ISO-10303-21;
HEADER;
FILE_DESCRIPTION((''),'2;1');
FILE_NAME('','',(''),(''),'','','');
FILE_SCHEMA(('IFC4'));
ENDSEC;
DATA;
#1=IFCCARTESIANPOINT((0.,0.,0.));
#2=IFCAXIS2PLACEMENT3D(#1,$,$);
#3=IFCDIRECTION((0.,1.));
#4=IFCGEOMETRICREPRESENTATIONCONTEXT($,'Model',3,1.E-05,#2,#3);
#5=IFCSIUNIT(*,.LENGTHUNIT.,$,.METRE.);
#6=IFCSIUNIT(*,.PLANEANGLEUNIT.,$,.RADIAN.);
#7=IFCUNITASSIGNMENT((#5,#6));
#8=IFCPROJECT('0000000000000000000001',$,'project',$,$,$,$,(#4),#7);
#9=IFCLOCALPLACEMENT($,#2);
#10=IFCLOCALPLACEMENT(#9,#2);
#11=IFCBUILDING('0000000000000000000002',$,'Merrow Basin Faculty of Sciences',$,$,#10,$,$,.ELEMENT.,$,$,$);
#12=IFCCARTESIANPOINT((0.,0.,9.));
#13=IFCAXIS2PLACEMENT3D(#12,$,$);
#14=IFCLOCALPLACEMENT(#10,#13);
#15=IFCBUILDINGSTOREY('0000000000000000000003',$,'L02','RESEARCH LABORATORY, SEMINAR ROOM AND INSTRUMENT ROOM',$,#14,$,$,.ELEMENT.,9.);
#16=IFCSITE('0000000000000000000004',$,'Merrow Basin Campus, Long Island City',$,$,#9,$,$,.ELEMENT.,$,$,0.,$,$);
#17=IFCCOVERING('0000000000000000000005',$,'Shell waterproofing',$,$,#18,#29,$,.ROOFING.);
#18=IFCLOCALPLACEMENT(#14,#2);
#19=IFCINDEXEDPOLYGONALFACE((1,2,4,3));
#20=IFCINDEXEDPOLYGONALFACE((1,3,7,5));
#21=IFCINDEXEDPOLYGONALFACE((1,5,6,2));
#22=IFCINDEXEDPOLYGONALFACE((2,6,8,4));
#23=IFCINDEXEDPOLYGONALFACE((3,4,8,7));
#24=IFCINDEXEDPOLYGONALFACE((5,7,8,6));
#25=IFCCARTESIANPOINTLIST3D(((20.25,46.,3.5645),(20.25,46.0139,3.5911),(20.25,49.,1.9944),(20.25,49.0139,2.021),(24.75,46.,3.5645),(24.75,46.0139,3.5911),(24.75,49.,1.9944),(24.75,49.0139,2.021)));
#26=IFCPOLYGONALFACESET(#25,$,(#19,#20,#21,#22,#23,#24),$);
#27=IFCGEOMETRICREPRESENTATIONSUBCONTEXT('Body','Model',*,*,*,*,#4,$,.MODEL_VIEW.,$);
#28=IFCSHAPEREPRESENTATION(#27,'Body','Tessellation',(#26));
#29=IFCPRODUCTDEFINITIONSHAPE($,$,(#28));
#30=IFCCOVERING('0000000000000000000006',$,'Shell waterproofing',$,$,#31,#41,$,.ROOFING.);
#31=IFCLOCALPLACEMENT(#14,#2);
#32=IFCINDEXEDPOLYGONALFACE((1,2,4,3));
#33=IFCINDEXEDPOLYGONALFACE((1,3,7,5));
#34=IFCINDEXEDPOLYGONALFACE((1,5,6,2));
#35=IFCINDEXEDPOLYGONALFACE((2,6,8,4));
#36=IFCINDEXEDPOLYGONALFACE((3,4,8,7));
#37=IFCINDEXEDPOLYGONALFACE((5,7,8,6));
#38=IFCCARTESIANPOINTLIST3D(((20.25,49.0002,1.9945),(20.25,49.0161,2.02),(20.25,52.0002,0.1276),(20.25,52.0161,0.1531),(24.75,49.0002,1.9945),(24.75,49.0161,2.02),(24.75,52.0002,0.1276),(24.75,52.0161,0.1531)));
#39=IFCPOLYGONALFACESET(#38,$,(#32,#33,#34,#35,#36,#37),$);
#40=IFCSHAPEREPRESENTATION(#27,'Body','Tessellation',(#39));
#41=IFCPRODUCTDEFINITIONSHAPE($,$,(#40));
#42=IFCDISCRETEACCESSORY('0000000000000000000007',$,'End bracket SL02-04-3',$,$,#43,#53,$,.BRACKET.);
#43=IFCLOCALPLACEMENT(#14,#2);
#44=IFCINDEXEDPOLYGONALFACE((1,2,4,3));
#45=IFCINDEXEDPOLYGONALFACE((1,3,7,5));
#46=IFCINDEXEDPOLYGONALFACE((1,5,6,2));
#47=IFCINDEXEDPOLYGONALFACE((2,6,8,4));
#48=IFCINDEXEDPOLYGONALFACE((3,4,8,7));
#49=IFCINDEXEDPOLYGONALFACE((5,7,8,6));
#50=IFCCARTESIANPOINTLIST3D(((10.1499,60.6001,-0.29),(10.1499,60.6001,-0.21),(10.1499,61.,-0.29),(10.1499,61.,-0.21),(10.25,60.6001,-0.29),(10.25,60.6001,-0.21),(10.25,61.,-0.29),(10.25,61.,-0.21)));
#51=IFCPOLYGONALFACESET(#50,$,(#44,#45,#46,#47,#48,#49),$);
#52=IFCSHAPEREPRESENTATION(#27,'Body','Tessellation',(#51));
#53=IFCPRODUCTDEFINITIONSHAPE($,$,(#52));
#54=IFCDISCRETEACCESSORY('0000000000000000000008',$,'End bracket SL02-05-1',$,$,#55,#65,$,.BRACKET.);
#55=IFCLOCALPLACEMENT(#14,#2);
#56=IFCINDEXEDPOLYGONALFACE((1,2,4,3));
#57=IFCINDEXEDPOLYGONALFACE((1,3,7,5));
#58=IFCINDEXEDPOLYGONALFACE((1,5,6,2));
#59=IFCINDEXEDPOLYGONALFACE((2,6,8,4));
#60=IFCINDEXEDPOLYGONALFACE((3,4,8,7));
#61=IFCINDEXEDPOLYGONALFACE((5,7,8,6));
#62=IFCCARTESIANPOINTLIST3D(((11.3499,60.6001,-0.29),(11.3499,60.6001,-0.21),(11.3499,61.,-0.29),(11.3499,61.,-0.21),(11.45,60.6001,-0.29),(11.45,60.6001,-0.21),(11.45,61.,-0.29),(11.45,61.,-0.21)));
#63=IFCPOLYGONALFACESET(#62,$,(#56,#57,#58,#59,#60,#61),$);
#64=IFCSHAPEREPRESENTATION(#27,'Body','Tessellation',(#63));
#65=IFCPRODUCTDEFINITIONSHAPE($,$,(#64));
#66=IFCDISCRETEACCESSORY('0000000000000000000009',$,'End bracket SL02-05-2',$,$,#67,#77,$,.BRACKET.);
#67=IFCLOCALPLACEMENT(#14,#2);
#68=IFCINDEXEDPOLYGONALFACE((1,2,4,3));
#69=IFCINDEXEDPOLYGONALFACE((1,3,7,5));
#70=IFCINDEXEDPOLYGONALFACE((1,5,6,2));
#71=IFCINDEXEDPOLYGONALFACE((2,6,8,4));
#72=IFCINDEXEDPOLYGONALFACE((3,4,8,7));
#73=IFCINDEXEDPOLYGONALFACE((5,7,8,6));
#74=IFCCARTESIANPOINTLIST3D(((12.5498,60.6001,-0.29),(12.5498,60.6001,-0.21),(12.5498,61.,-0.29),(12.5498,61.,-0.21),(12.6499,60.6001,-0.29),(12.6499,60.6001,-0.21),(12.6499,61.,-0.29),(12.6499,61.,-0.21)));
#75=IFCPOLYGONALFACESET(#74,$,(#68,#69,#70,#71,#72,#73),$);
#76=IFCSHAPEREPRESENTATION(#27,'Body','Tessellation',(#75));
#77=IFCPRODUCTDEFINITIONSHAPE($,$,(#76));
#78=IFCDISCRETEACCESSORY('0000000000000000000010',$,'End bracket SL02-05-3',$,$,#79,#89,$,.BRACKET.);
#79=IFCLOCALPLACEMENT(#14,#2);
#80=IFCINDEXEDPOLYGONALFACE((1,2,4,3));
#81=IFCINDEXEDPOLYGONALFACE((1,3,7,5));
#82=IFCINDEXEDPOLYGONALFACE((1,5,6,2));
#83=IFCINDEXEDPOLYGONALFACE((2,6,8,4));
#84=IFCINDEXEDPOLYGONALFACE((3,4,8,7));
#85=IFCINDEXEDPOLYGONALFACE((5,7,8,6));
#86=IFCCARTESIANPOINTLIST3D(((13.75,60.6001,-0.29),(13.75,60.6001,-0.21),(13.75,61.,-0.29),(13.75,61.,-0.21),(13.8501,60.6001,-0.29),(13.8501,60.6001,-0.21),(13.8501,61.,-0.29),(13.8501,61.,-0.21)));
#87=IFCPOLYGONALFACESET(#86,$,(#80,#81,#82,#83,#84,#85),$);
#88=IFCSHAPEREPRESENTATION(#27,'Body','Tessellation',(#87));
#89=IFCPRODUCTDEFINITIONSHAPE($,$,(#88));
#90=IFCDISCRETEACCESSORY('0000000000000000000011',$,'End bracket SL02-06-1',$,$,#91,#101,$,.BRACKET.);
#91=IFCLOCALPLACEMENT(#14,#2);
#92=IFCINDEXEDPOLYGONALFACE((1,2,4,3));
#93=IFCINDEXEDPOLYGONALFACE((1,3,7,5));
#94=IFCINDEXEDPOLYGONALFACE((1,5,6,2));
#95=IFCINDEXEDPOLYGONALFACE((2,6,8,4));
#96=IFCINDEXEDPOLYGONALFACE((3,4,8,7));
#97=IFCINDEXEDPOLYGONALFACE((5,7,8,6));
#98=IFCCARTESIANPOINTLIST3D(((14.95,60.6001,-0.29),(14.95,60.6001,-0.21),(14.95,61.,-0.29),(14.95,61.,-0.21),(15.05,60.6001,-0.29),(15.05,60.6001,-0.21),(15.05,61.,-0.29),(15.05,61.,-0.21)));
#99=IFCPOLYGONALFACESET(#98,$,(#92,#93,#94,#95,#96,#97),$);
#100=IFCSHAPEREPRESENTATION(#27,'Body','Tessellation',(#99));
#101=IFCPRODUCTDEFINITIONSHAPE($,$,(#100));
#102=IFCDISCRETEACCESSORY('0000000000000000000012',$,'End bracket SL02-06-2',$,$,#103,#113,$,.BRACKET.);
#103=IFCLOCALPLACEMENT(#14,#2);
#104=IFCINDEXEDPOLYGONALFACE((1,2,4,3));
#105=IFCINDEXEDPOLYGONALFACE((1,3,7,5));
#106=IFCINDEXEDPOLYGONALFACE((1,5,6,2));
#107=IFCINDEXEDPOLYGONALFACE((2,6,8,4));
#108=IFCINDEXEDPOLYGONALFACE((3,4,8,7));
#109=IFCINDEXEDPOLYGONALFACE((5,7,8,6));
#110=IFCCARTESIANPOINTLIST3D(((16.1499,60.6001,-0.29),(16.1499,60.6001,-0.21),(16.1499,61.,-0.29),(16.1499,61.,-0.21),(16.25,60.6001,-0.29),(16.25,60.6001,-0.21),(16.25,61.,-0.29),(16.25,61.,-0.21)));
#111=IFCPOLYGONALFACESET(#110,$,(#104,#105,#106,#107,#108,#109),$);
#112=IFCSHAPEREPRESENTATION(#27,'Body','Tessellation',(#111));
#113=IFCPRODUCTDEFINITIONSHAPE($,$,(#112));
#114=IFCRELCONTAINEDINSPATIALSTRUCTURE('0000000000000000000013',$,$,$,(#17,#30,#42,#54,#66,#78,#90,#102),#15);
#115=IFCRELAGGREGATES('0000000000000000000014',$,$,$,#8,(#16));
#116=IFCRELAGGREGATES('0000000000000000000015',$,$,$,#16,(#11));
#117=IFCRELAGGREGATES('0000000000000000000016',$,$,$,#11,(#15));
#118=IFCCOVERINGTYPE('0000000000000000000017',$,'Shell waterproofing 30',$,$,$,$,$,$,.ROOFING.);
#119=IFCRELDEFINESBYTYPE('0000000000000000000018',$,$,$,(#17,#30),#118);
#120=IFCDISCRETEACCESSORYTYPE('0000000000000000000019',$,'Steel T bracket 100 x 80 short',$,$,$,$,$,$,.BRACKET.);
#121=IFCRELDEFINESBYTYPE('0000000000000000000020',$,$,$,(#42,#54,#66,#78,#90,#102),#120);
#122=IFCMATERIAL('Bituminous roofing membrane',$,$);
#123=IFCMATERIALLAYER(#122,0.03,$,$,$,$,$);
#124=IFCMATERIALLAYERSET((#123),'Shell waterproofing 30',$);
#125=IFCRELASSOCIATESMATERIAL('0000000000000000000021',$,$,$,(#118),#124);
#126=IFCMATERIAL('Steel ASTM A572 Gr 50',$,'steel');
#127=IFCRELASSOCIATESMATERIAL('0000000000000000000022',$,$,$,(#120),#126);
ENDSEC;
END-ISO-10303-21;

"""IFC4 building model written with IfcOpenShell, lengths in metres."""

from ifc_helpers import new_model, si_unit, direction, frame, origin, place, context, subcontext, project, spatial, polyline, outline, extrude, source, transform, mapped, material, layer, layer_set, type_object, element, save


model = new_model("IFC4")

# Units and contexts
model_context = context("Model", 3, precision=1e-05, world=origin(), true_north=direction((0.0, 1.0)))
body_context = subcontext(model_context, "Body", "Model", "MODEL_VIEW")
ifc_project = project(units=[si_unit("LENGTHUNIT", "METRE"), si_unit("PLANEANGLEUNIT", "RADIAN")], contexts=[model_context])

# Site, building, storey
site_placement = place(None, origin())
site = spatial("IfcSite", under=ifc_project, at=site_placement, Name="Merrow Basin Campus, Long Island City", CompositionType="ELEMENT", RefElevation=0.0)
building_placement = place(site_placement, origin())
building = spatial("IfcBuilding", under=site, at=building_placement, Name="Merrow Basin Faculty of Sciences", CompositionType="ELEMENT")
storey_placement = place(building_placement, frame((0.0, 0.0, 9.0)))
storey = spatial("IfcBuildingStorey", under=building, at=storey_placement, Name="L02", Description="RESEARCH LABORATORY, SEMINAR ROOM AND INSTRUMENT ROOM", CompositionType="ELEMENT", Elevation=9.0)

# Coverings
ifc_material_1 = material(Name="Bituminous roofing membrane")
ifc_layer_1 = layer(ifc_material_1, 0.03)
ifc_layer_set_1 = layer_set([ifc_layer_1], Name="Shell waterproofing 30")
covering_type_1 = type_object("IfcCoveringType", Name="Shell waterproofing 30", PredefinedType="ROOFING", material=ifc_layer_set_1)
covering_1_placement = place(storey_placement, frame((20.25, 46.0139, 3.5911), z_axis=(0.0, 0.463692, 0.885997), x_axis=(1.0, 0.0, 0.0)))
element("IfcCovering", 1, at=covering_1_placement, inside=storey, type_object=covering_type_1, Name="Shell waterproofing", PredefinedType="ROOFING", context=body_context, shape_type="SweptSolid", body=[
    extrude(outline(polyline([(0.0, 0.0), (4.5, 0.0), (4.5, 3.386), (0.0, 3.386), (0.0, 0.0)])), origin(), (0.0, 0.0, -1.0), 0.03),
])
covering_2_placement = place(storey_placement, frame((20.25, 49.0161, 2.02), z_axis=(0.0, 0.528358, 0.849021), x_axis=(1.0, 0.0, 0.0)))
element("IfcCovering", 2, at=covering_2_placement, inside=storey, type_object=covering_type_1, Name="Shell waterproofing", PredefinedType="ROOFING", context=body_context, shape_type="SweptSolid", body=[
    extrude(outline(polyline([(0.0, 0.0), (4.5, 0.0), (4.5, 3.5335), (0.0, 3.5335), (0.0, 0.0)])), origin(), (0.0, 0.0, -1.0), 0.03),
])

# Discrete accessories
ifc_material_2 = material(Name="Steel ASTM A572 Gr 50", Category="steel")
discrete_accessory_type = type_object("IfcDiscreteAccessoryType", Name="Steel T bracket 100 x 80 short", PredefinedType="BRACKET", material=ifc_material_2)
shared_shape_1 = source(origin(), body_context, "Body", "SweptSolid", [
    extrude(outline(polyline([(0.0, 0.0), (0.1001, 0.0), (0.1001, 0.0801), (0.0, 0.0801), (0.0, 0.0)])), origin(), (0.0, 0.0, 1.0), 0.3999),
])
for number, where, z_axis, x_axis, name in (
    (3, (10.25, 60.6001, -0.29), (0.0, 1.0, 0.0), (-1.0, 0.0, 0.0), "End bracket SL02-04-3"),
    (4, (11.45, 60.6001, -0.29), (0.0, 1.0, 0.0), (-1.0, 0.0, 0.0), "End bracket SL02-05-1"),
    (5, (12.6499, 60.6001, -0.29), (0.0, 1.0, 0.0), (-1.0, 0.0, 0.0), "End bracket SL02-05-2"),
    (6, (13.8501, 60.6001, -0.29), (0.0, 1.0, 0.0), (-1.0, 0.0, 0.0), "End bracket SL02-05-3"),
    (7, (15.05, 60.6001, -0.29), (0.0, 1.0, 0.0), (-1.0, 0.0, 0.0), "End bracket SL02-06-1"),
    (8, (16.25, 60.6001, -0.29), (0.0, 1.0, 0.0), (-1.0, 0.0, 0.0), "End bracket SL02-06-2"),
):
    element("IfcDiscreteAccessory", number, at=place(storey_placement, frame(where, z_axis=z_axis, x_axis=x_axis)), inside=storey, type_object=discrete_accessory_type, Name=name, PredefinedType="BRACKET", context=body_context, shape_type="MappedRepresentation", body=[
        mapped(shared_shape_1, transform((0.0, 0.0, 0.0), scale=1.0)),
    ])

save(model, "model.ifc")
